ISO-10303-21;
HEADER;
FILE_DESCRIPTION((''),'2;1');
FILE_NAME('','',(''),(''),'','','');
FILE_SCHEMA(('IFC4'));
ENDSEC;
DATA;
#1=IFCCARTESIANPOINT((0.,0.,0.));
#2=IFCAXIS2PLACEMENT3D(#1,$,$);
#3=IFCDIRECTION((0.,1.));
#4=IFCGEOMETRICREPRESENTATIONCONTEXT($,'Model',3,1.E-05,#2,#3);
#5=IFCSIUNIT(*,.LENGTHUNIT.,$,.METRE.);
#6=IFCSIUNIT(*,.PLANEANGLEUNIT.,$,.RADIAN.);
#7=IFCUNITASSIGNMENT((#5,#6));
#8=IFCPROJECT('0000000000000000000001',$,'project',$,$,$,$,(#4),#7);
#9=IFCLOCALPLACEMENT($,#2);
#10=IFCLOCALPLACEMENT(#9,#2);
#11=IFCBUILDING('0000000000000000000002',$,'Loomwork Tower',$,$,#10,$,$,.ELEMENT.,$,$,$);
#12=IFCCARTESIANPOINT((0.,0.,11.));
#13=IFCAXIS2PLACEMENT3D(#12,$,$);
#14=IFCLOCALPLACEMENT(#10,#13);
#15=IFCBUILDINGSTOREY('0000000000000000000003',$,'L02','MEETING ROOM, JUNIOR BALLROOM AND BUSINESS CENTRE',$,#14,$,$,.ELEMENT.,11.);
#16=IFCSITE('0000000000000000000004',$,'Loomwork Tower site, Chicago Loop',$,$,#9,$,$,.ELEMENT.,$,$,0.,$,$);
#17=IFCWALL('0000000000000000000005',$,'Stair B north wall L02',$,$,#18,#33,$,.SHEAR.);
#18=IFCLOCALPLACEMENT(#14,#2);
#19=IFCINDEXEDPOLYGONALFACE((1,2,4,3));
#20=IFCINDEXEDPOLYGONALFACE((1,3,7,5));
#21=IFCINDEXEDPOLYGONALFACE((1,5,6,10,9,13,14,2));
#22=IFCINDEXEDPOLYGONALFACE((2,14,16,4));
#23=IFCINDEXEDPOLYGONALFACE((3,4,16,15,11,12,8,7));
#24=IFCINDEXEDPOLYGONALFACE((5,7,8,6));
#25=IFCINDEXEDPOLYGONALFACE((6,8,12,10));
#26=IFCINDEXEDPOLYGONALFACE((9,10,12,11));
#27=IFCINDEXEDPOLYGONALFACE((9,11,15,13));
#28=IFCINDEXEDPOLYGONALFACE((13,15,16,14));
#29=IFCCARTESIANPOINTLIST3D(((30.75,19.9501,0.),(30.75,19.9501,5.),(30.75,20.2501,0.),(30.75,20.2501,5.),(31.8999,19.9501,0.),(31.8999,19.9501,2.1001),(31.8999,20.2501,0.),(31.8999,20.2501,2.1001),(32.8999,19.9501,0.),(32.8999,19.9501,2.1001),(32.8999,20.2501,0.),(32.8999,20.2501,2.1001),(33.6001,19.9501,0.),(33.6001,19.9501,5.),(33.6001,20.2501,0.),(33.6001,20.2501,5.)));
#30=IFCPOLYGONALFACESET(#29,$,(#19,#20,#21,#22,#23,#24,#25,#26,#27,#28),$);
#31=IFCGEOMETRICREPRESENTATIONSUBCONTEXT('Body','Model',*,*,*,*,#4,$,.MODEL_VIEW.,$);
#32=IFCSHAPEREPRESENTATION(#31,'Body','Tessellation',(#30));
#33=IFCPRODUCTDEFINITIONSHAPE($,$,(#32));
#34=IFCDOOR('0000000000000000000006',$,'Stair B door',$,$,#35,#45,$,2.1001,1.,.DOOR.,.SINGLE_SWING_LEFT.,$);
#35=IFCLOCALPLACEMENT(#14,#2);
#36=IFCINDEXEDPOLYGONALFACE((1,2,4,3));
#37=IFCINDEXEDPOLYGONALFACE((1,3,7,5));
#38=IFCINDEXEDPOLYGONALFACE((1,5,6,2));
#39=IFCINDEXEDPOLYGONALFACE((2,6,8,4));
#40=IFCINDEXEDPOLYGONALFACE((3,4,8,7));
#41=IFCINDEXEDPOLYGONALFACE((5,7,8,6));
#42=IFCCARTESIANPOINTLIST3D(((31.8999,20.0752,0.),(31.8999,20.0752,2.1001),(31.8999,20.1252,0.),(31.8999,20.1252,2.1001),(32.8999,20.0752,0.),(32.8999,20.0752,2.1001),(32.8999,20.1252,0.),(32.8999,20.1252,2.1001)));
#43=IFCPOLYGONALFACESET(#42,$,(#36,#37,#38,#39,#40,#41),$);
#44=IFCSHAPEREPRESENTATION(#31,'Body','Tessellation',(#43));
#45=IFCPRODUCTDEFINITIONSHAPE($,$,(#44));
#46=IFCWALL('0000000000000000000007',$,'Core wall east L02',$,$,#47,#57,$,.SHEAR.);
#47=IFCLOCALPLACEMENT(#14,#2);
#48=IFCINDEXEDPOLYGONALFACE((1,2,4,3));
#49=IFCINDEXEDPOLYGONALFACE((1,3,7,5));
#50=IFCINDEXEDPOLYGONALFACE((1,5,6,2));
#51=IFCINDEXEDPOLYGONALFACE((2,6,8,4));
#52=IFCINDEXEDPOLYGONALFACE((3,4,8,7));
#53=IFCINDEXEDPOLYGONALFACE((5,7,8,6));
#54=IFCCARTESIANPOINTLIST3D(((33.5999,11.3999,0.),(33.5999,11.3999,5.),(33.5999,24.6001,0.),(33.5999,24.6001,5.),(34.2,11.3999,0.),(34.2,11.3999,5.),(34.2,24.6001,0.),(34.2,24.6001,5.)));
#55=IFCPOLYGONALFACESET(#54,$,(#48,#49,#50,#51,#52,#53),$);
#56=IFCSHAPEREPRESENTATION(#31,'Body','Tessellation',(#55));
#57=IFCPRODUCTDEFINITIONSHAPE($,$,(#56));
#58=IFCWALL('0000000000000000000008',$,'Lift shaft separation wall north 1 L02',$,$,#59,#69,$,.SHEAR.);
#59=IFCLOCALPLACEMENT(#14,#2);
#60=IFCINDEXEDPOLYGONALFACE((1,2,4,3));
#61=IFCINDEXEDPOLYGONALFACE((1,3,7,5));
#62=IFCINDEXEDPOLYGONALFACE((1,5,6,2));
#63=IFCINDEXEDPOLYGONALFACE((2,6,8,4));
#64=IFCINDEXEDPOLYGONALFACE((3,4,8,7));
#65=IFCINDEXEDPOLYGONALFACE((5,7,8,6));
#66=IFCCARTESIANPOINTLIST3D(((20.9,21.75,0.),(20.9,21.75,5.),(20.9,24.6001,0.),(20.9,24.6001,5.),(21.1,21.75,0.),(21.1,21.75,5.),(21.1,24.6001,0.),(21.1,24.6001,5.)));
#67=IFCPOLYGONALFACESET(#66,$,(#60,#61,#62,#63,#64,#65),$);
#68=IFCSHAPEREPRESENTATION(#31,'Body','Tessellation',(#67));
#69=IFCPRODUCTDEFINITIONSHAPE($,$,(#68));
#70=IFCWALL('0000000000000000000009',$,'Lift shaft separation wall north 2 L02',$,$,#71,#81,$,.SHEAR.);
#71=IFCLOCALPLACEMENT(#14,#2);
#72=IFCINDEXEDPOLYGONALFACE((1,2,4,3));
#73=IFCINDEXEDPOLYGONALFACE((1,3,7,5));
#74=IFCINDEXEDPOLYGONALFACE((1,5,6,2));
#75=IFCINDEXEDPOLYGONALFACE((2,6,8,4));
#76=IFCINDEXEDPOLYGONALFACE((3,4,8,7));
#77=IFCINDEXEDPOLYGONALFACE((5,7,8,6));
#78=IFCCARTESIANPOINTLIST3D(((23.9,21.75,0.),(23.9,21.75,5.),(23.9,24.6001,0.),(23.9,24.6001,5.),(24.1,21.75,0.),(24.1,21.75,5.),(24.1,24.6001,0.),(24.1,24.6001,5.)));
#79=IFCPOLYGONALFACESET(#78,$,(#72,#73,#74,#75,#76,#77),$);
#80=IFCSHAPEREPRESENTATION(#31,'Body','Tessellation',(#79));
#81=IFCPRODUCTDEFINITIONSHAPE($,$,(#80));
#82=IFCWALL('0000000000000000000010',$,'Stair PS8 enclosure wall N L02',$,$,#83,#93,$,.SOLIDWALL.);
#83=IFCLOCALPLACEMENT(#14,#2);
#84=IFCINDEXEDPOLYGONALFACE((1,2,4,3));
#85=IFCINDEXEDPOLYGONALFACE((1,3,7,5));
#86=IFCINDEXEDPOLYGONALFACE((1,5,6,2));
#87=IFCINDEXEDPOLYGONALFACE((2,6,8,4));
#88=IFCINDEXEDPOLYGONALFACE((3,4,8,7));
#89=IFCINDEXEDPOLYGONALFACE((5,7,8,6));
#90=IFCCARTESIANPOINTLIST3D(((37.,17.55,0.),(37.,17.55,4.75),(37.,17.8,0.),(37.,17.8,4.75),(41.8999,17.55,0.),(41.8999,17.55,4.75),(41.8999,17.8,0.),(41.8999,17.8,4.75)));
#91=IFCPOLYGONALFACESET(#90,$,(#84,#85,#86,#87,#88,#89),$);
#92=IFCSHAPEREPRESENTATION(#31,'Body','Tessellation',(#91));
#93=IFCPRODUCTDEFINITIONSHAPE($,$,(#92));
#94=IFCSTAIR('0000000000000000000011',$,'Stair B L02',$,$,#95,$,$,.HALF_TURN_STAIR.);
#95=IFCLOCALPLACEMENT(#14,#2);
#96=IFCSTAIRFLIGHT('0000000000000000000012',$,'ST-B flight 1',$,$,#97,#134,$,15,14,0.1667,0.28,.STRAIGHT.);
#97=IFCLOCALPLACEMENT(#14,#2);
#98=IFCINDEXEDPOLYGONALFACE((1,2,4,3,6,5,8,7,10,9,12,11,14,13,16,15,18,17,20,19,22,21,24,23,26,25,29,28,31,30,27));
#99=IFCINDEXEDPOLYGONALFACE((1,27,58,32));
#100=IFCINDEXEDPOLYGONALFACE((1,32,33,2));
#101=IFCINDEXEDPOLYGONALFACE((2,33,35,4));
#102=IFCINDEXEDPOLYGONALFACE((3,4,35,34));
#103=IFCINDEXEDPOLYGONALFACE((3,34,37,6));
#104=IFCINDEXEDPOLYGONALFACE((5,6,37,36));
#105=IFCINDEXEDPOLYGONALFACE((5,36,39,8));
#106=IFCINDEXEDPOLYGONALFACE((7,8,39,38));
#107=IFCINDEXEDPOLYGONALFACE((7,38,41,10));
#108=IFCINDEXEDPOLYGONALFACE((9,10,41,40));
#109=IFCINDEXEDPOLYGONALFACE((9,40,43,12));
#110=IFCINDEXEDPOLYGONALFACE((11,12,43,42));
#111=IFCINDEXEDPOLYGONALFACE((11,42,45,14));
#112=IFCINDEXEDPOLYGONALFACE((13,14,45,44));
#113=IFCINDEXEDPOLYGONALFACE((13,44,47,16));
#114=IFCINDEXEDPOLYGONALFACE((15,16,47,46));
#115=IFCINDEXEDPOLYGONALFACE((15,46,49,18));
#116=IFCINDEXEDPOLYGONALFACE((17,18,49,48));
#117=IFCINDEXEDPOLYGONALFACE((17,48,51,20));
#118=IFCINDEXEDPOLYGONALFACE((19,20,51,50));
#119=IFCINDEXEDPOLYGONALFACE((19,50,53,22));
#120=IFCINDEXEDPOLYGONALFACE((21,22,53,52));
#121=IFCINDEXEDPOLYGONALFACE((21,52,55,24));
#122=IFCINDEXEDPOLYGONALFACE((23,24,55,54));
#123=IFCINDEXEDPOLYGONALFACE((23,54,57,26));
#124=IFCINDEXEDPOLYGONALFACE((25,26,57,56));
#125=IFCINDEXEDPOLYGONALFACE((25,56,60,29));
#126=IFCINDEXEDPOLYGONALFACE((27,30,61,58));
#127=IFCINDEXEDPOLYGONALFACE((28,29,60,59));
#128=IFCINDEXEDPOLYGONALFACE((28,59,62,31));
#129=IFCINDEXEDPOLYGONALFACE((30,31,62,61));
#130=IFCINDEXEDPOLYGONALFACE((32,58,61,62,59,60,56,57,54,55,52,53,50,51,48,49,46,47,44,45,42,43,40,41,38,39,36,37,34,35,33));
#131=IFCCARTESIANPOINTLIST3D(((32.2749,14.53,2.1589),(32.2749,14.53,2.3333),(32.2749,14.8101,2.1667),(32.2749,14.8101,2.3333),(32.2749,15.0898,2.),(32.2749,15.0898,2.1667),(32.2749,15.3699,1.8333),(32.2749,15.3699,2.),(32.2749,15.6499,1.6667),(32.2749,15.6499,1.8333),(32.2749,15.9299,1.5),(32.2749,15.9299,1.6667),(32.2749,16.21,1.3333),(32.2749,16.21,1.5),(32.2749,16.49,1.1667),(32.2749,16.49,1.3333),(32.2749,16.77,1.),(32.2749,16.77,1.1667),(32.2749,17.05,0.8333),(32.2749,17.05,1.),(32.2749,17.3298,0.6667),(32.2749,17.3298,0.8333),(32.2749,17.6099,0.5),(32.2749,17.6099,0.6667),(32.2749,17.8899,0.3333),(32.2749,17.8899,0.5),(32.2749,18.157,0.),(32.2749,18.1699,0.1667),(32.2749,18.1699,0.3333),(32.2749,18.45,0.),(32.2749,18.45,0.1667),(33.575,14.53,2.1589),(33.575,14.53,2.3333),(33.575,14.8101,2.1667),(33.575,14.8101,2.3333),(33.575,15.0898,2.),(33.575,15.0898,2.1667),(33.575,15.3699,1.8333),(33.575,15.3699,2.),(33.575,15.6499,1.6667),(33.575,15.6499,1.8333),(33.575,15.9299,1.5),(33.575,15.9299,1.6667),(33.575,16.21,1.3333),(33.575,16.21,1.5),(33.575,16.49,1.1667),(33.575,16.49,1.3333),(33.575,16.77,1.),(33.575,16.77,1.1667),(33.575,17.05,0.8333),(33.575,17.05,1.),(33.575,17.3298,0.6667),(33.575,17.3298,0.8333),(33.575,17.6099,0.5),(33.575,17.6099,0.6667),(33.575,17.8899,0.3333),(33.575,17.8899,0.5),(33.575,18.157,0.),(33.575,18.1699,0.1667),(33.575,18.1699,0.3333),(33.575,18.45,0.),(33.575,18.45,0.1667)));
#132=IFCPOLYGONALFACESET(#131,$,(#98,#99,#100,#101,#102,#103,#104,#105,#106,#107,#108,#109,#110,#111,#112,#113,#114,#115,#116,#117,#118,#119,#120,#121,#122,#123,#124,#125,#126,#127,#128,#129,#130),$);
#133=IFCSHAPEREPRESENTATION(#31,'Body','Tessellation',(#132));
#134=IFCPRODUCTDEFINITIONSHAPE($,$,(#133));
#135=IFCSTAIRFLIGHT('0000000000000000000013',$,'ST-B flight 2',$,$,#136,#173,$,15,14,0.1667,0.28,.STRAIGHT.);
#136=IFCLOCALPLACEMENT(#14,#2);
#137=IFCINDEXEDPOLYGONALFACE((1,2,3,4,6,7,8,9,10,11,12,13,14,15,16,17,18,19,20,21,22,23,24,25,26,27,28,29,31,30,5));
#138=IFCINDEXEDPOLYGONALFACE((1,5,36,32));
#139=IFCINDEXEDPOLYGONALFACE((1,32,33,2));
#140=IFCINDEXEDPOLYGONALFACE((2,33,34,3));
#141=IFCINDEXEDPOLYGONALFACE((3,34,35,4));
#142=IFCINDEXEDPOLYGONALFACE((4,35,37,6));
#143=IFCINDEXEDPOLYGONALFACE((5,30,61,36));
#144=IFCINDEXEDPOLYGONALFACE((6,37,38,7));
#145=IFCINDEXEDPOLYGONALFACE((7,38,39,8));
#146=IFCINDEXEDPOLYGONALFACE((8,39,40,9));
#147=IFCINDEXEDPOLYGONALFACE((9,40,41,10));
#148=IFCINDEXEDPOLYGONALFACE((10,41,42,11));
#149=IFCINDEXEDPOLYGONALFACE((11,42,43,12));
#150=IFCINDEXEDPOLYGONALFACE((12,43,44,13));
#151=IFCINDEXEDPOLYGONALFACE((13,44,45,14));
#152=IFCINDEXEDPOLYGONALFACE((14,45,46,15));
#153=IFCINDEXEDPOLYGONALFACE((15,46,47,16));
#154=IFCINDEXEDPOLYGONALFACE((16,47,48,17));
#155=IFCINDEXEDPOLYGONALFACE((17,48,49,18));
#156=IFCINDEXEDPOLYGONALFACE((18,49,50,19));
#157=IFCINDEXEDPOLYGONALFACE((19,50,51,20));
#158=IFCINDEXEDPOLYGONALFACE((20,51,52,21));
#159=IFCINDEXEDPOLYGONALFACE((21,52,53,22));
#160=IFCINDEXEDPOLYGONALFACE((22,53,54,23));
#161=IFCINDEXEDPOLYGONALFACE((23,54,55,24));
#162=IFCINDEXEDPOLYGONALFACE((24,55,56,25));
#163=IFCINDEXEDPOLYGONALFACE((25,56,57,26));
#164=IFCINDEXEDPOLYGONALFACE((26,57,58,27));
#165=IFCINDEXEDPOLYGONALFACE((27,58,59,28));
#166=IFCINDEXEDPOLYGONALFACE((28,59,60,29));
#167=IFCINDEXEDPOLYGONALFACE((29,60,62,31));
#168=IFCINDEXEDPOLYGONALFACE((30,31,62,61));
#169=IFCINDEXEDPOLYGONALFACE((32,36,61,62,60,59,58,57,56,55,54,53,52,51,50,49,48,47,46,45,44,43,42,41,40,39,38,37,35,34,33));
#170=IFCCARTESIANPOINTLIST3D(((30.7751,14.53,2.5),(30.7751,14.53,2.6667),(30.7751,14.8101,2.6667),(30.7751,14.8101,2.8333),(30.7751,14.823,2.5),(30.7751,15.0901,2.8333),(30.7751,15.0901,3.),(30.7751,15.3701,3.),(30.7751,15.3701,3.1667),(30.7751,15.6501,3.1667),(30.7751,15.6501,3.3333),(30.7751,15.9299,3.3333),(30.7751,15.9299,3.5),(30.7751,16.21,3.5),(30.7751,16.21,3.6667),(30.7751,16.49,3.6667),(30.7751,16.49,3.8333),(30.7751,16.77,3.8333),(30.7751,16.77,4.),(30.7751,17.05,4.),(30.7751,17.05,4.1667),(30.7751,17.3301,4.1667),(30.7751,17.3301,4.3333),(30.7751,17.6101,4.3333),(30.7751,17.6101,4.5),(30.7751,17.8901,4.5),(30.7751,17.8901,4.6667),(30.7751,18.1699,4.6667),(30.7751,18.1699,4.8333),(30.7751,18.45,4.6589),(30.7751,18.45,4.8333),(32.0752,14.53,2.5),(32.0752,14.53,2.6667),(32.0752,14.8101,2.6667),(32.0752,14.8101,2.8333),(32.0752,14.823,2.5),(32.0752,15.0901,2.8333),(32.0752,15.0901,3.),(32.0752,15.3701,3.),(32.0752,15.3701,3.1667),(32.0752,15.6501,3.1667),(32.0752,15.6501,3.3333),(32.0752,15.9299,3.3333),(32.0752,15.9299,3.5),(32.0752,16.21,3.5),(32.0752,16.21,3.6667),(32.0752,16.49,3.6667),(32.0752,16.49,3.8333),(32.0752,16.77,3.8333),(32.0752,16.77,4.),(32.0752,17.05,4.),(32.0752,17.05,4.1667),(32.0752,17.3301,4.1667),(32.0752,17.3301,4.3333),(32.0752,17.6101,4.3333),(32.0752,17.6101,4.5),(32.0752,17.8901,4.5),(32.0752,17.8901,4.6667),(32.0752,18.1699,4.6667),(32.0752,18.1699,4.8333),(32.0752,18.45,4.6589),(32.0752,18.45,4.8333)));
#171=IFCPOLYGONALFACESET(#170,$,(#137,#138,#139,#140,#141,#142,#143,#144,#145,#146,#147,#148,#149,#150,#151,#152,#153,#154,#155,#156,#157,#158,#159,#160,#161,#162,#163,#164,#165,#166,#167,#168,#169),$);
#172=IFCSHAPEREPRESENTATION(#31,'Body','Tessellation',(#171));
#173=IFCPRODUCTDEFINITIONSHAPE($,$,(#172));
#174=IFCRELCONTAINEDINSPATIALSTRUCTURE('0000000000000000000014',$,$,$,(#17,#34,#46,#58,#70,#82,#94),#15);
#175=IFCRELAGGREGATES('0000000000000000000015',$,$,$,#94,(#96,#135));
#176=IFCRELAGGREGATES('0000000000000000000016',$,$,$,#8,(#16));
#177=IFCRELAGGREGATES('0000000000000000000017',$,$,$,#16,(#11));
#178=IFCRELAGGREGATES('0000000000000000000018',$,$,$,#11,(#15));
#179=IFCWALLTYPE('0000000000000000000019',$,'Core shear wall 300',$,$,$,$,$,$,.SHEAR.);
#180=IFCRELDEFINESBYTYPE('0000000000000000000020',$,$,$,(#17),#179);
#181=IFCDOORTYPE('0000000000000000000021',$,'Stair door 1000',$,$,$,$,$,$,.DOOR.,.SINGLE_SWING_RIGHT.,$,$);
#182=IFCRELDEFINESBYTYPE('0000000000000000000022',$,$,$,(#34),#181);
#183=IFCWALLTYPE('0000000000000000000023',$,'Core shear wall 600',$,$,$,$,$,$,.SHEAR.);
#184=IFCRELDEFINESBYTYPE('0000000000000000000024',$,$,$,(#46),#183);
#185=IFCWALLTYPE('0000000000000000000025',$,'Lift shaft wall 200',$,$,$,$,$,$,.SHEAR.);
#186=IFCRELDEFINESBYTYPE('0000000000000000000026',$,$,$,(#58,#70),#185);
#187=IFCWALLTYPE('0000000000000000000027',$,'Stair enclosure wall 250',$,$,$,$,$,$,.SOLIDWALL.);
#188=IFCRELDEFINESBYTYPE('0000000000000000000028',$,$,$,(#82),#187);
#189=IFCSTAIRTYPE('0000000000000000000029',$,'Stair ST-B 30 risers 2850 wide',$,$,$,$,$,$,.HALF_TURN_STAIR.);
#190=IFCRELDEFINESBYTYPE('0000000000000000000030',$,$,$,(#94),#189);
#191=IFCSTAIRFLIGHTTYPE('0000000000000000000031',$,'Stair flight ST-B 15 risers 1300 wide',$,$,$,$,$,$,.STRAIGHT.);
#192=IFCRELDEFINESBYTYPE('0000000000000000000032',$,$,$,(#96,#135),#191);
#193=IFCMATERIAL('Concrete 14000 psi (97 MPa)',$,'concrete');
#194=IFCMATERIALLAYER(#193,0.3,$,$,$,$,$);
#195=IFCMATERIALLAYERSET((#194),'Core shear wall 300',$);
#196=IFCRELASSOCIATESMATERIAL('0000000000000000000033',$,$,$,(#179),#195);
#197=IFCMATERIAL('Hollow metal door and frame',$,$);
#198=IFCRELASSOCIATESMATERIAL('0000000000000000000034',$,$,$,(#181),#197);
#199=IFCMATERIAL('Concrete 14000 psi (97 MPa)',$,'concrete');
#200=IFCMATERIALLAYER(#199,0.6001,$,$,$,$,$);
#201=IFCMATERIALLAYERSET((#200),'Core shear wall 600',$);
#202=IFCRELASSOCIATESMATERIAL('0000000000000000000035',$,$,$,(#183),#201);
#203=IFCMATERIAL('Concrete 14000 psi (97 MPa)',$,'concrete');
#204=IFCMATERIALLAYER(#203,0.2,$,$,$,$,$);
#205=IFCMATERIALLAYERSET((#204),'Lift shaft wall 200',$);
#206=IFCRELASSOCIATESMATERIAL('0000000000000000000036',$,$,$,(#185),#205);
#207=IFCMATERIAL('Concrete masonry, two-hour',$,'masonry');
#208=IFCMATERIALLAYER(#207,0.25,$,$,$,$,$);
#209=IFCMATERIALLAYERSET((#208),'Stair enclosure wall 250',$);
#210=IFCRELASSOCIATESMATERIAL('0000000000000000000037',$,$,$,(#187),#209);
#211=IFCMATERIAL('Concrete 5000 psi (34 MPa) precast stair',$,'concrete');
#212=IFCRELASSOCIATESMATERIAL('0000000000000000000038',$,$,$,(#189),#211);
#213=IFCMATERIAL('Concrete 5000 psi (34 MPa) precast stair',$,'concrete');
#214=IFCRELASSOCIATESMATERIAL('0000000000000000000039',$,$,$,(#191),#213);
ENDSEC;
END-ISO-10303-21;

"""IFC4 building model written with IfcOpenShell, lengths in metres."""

from ifc_helpers import new_model, si_unit, direction, frame, frame_2d, origin, place, context, subcontext, project, spatial, polyline, rectangle, outline, extrude, material, layer, layer_set, type_object, element, fill, aggregate, save


model = new_model("IFC4")

# Units and contexts
model_context = context("Model", 3, precision=1e-05, world=origin(), true_north=direction((0.0, 1.0)))
body_context = subcontext(model_context, "Body", "Model", "MODEL_VIEW")
ifc_project = project(units=[si_unit("LENGTHUNIT", "METRE"), si_unit("PLANEANGLEUNIT", "RADIAN")], contexts=[model_context])

# Site, building, storey
site_placement = place(None, origin())
site = spatial("IfcSite", under=ifc_project, at=site_placement, Name="Loomwork Tower site, Chicago Loop", CompositionType="ELEMENT", RefElevation=0.0)
building_placement = place(site_placement, origin())
building = spatial("IfcBuilding", under=site, at=building_placement, Name="Loomwork Tower", CompositionType="ELEMENT")
storey_placement = place(building_placement, frame((0.0, 0.0, 11.0)))
storey = spatial("IfcBuildingStorey", under=building, at=storey_placement, Name="L02", Description="MEETING ROOM, JUNIOR BALLROOM AND BUSINESS CENTRE", CompositionType="ELEMENT", Elevation=11.0)

# Shared definitions
ifc_material_1 = material(Name="Concrete 14000 psi (97 MPa)", Category="concrete")
ifc_layer_1 = layer(ifc_material_1, 0.3)
ifc_layer_set_1 = layer_set([ifc_layer_1], Name="Core shear wall 300")
wall_type_1 = type_object("IfcWallType", Name="Core shear wall 300", PredefinedType="SHEAR", material=ifc_layer_set_1)

# Wall, opening, door
wall_1_placement = place(storey_placement, frame((30.75, 20.1001, 0.0), z_axis=(0.0, 0.0, 1.0), x_axis=(1.0, 0.0, 0.0)))
wall_1 = element("IfcWall", 1, at=wall_1_placement, inside=storey, type_object=wall_type_1, Name="Stair B north wall L02", PredefinedType="SHEAR", context=body_context, shape_type="SweptSolid", body=[
    extrude(rectangle(XDim=2.8501, YDim=0.3, at=frame_2d((1.425, 0.0))), origin(), (0.0, 0.0, 1.0), 5.0),
])
opening_placement = place(wall_1_placement, frame((1.1499, 0.0, 0.0)))
opening = element("IfcOpeningElement", 2, at=opening_placement, cuts=wall_1, PredefinedType="OPENING", context=body_context, shape_type="SweptSolid", body=[
    extrude(rectangle(XDim=1.0, YDim=2.1001, at=frame_2d((0.5, 1.05))), frame((0.0, 0.1599, 0.0), z_axis=(0.0, -1.0, 0.0), x_axis=(1.0, 0.0, 0.0)), (0.0, 0.0, 1.0), 0.3201),
])
ifc_material_2 = material(Name="Hollow metal door and frame")
door_type = type_object("IfcDoorType", Name="Stair door 1000", OperationType="SINGLE_SWING_RIGHT", PredefinedType="DOOR", material=ifc_material_2)
door_placement = place(opening_placement, frame((1.0, 0.0, 0.0), z_axis=(0.0, 0.0, 1.0), x_axis=(-1.0, 0.0, 0.0)))
door = element("IfcDoor", 3, at=door_placement, inside=storey, type_object=door_type, Name="Stair B door", OperationType="SINGLE_SWING_LEFT", OverallHeight=2.1001, OverallWidth=1.0, PredefinedType="DOOR", context=body_context, shape_type="SweptSolid", body=[
    extrude(rectangle(XDim=1.0, YDim=2.1001, at=frame_2d((0.5, 1.05))), frame((0.0, 0.0249, 0.0), z_axis=(0.0, -1.0, 0.0), x_axis=(1.0, 0.0, 0.0)), (0.0, 0.0, 1.0), 0.05),
])
fill(opening, door)

# Walls
ifc_material_3 = material(Name="Concrete 14000 psi (97 MPa)", Category="concrete")
ifc_layer_2 = layer(ifc_material_3, 0.6001)
ifc_layer_set_2 = layer_set([ifc_layer_2], Name="Core shear wall 600")
wall_type_2 = type_object("IfcWallType", Name="Core shear wall 600", PredefinedType="SHEAR", material=ifc_layer_set_2)
wall_2_placement = place(storey_placement, frame((33.8999, 11.3999, 0.0), z_axis=(0.0, 0.0, 1.0), x_axis=(0.0, 1.0, 0.0)))
element("IfcWall", 4, at=wall_2_placement, inside=storey, type_object=wall_type_2, Name="Core wall east L02", PredefinedType="SHEAR", context=body_context, shape_type="SweptSolid", body=[
    extrude(rectangle(XDim=13.2002, YDim=0.6001, at=frame_2d((6.6001, 0.0))), origin(), (0.0, 0.0, 1.0), 5.0),
])
ifc_material_4 = material(Name="Concrete 14000 psi (97 MPa)", Category="concrete")
ifc_layer_3 = layer(ifc_material_4, 0.2)
ifc_layer_set_3 = layer_set([ifc_layer_3], Name="Lift shaft wall 200")
wall_type_3 = type_object("IfcWallType", Name="Lift shaft wall 200", PredefinedType="SHEAR", material=ifc_layer_set_3)
for number, where, z_axis, x_axis, name in (
    (5, (21.0, 21.75, 0.0), (0.0, 0.0, 1.0), (0.0, 1.0, 0.0), "Lift shaft separation wall north 1 L02"),
    (6, (24.0, 21.75, 0.0), (0.0, 0.0, 1.0), (0.0, 1.0, 0.0), "Lift shaft separation wall north 2 L02"),
):
    element("IfcWall", number, at=place(storey_placement, frame(where, z_axis=z_axis, x_axis=x_axis)), inside=storey, type_object=wall_type_3, Name=name, PredefinedType="SHEAR", context=body_context, shape_type="SweptSolid", body=[
        extrude(rectangle(XDim=2.8501, YDim=0.2, at=frame_2d((1.425, 0.0))), origin(), (0.0, 0.0, 1.0), 5.0),
    ])
ifc_material_5 = material(Name="Concrete masonry, two-hour", Category="masonry")
ifc_layer_4 = layer(ifc_material_5, 0.25)
ifc_layer_set_4 = layer_set([ifc_layer_4], Name="Stair enclosure wall 250")
wall_type_4 = type_object("IfcWallType", Name="Stair enclosure wall 250", PredefinedType="SOLIDWALL", material=ifc_layer_set_4)
wall_3_placement = place(storey_placement, frame((37.0, 17.675, 0.0), z_axis=(0.0, 0.0, 1.0), x_axis=(1.0, 0.0, 0.0)))
element("IfcWall", 7, at=wall_3_placement, inside=storey, type_object=wall_type_4, Name="Stair PS8 enclosure wall N L02", PredefinedType="SOLIDWALL", context=body_context, shape_type="SweptSolid", body=[
    extrude(rectangle(XDim=4.8999, YDim=0.25, at=frame_2d((2.45, 0.0))), origin(), (0.0, 0.0, 1.0), 4.75),
])

# Stair, stair flights
ifc_material_6 = material(Name="Concrete 5000 psi (34 MPa) precast stair", Category="concrete")
stair_type = type_object("IfcStairType", Name="Stair ST-B 30 risers 2850 wide", PredefinedType="HALF_TURN_STAIR", material=ifc_material_6)
stair_placement = place(storey_placement, origin())
stair = element("IfcStair", 8, at=stair_placement, inside=storey, type_object=stair_type, Name="Stair B L02", PredefinedType="HALF_TURN_STAIR")
ifc_material_7 = material(Name="Concrete 5000 psi (34 MPa) precast stair", Category="concrete")
stair_flight_type = type_object("IfcStairFlightType", Name="Stair flight ST-B 15 risers 1300 wide", PredefinedType="STRAIGHT", material=ifc_material_7)
stair_flight_1_placement = place(storey_placement, frame((32.925, 18.45, 0.0), z_axis=(0.0, 0.0, 1.0), x_axis=(0.0, -1.0, 0.0)))
stair_flight_1 = element("IfcStairFlight", 9, at=stair_flight_1_placement, type_object=stair_flight_type, Name="ST-B flight 1", NumberOfRisers=15, NumberOfTreads=14, PredefinedType="STRAIGHT", RiserHeight=0.1667, TreadLength=0.28, context=body_context, shape_type="SweptSolid", body=[
    extrude(outline(polyline([(0.0, 0.0), (0.0, 0.1667), (0.28, 0.1667), (0.28, 0.3333), (0.5601, 0.3333), (0.5601, 0.5), (0.8401, 0.5), (0.8401, 0.6667), (1.1201, 0.6667), (1.1201, 0.8333), (1.3999, 0.8333), (1.3999, 1.0), (1.6799, 1.0), (1.6799, 1.1667), (1.96, 1.1667), (1.96, 1.3333), (2.24, 1.3333), (2.24, 1.5), (2.52, 1.5), (2.52, 1.6667), (2.8, 1.6667), (2.8, 1.8333), (3.0801, 1.8333), (3.0801, 2.0), (3.3601, 2.0), (3.3601, 2.1667), (3.6399, 2.1667), (3.6399, 2.3333), (3.9199, 2.3333), (3.9199, 2.5), (3.9199, 2.1589), (0.293, 0.0), (0.0, 0.0)])), frame((0.0, 0.6499, 0.0), z_axis=(0.0, -1.0, 0.0), x_axis=(1.0, 0.0, 0.0)), (0.0, 0.0, 1.0), 1.3),
])
stair_flight_2_placement = place(storey_placement, frame((31.425, 14.53, 2.5), z_axis=(0.0, 0.0, 1.0), x_axis=(0.0, 1.0, 0.0)))
stair_flight_2 = element("IfcStairFlight", 10, at=stair_flight_2_placement, type_object=stair_flight_type, Name="ST-B flight 2", NumberOfRisers=15, NumberOfTreads=14, PredefinedType="STRAIGHT", RiserHeight=0.1667, TreadLength=0.28, context=body_context, shape_type="SweptSolid", body=[
    extrude(outline(polyline([(0.0, 0.0), (0.0, 0.1667), (0.28, 0.1667), (0.28, 0.3333), (0.5601, 0.3333), (0.5601, 0.5), (0.8401, 0.5), (0.8401, 0.6667), (1.1201, 0.6667), (1.1201, 0.8333), (1.3999, 0.8333), (1.3999, 1.0), (1.6799, 1.0), (1.6799, 1.1667), (1.96, 1.1667), (1.96, 1.3333), (2.24, 1.3333), (2.24, 1.5), (2.52, 1.5), (2.52, 1.6667), (2.8, 1.6667), (2.8, 1.8333), (3.0801, 1.8333), (3.0801, 2.0), (3.3601, 2.0), (3.3601, 2.1667), (3.6399, 2.1667), (3.6399, 2.3333), (3.9199, 2.3333), (3.9199, 2.5), (3.9199, 2.1589), (0.293, 0.0), (0.0, 0.0)])), frame((0.0, 0.6499, 0.0), z_axis=(0.0, -1.0, 0.0), x_axis=(1.0, 0.0, 0.0)), (0.0, 0.0, 1.0), 1.3),
])
aggregate(stair, [stair_flight_1, stair_flight_2])

save(model, "model.ifc")
